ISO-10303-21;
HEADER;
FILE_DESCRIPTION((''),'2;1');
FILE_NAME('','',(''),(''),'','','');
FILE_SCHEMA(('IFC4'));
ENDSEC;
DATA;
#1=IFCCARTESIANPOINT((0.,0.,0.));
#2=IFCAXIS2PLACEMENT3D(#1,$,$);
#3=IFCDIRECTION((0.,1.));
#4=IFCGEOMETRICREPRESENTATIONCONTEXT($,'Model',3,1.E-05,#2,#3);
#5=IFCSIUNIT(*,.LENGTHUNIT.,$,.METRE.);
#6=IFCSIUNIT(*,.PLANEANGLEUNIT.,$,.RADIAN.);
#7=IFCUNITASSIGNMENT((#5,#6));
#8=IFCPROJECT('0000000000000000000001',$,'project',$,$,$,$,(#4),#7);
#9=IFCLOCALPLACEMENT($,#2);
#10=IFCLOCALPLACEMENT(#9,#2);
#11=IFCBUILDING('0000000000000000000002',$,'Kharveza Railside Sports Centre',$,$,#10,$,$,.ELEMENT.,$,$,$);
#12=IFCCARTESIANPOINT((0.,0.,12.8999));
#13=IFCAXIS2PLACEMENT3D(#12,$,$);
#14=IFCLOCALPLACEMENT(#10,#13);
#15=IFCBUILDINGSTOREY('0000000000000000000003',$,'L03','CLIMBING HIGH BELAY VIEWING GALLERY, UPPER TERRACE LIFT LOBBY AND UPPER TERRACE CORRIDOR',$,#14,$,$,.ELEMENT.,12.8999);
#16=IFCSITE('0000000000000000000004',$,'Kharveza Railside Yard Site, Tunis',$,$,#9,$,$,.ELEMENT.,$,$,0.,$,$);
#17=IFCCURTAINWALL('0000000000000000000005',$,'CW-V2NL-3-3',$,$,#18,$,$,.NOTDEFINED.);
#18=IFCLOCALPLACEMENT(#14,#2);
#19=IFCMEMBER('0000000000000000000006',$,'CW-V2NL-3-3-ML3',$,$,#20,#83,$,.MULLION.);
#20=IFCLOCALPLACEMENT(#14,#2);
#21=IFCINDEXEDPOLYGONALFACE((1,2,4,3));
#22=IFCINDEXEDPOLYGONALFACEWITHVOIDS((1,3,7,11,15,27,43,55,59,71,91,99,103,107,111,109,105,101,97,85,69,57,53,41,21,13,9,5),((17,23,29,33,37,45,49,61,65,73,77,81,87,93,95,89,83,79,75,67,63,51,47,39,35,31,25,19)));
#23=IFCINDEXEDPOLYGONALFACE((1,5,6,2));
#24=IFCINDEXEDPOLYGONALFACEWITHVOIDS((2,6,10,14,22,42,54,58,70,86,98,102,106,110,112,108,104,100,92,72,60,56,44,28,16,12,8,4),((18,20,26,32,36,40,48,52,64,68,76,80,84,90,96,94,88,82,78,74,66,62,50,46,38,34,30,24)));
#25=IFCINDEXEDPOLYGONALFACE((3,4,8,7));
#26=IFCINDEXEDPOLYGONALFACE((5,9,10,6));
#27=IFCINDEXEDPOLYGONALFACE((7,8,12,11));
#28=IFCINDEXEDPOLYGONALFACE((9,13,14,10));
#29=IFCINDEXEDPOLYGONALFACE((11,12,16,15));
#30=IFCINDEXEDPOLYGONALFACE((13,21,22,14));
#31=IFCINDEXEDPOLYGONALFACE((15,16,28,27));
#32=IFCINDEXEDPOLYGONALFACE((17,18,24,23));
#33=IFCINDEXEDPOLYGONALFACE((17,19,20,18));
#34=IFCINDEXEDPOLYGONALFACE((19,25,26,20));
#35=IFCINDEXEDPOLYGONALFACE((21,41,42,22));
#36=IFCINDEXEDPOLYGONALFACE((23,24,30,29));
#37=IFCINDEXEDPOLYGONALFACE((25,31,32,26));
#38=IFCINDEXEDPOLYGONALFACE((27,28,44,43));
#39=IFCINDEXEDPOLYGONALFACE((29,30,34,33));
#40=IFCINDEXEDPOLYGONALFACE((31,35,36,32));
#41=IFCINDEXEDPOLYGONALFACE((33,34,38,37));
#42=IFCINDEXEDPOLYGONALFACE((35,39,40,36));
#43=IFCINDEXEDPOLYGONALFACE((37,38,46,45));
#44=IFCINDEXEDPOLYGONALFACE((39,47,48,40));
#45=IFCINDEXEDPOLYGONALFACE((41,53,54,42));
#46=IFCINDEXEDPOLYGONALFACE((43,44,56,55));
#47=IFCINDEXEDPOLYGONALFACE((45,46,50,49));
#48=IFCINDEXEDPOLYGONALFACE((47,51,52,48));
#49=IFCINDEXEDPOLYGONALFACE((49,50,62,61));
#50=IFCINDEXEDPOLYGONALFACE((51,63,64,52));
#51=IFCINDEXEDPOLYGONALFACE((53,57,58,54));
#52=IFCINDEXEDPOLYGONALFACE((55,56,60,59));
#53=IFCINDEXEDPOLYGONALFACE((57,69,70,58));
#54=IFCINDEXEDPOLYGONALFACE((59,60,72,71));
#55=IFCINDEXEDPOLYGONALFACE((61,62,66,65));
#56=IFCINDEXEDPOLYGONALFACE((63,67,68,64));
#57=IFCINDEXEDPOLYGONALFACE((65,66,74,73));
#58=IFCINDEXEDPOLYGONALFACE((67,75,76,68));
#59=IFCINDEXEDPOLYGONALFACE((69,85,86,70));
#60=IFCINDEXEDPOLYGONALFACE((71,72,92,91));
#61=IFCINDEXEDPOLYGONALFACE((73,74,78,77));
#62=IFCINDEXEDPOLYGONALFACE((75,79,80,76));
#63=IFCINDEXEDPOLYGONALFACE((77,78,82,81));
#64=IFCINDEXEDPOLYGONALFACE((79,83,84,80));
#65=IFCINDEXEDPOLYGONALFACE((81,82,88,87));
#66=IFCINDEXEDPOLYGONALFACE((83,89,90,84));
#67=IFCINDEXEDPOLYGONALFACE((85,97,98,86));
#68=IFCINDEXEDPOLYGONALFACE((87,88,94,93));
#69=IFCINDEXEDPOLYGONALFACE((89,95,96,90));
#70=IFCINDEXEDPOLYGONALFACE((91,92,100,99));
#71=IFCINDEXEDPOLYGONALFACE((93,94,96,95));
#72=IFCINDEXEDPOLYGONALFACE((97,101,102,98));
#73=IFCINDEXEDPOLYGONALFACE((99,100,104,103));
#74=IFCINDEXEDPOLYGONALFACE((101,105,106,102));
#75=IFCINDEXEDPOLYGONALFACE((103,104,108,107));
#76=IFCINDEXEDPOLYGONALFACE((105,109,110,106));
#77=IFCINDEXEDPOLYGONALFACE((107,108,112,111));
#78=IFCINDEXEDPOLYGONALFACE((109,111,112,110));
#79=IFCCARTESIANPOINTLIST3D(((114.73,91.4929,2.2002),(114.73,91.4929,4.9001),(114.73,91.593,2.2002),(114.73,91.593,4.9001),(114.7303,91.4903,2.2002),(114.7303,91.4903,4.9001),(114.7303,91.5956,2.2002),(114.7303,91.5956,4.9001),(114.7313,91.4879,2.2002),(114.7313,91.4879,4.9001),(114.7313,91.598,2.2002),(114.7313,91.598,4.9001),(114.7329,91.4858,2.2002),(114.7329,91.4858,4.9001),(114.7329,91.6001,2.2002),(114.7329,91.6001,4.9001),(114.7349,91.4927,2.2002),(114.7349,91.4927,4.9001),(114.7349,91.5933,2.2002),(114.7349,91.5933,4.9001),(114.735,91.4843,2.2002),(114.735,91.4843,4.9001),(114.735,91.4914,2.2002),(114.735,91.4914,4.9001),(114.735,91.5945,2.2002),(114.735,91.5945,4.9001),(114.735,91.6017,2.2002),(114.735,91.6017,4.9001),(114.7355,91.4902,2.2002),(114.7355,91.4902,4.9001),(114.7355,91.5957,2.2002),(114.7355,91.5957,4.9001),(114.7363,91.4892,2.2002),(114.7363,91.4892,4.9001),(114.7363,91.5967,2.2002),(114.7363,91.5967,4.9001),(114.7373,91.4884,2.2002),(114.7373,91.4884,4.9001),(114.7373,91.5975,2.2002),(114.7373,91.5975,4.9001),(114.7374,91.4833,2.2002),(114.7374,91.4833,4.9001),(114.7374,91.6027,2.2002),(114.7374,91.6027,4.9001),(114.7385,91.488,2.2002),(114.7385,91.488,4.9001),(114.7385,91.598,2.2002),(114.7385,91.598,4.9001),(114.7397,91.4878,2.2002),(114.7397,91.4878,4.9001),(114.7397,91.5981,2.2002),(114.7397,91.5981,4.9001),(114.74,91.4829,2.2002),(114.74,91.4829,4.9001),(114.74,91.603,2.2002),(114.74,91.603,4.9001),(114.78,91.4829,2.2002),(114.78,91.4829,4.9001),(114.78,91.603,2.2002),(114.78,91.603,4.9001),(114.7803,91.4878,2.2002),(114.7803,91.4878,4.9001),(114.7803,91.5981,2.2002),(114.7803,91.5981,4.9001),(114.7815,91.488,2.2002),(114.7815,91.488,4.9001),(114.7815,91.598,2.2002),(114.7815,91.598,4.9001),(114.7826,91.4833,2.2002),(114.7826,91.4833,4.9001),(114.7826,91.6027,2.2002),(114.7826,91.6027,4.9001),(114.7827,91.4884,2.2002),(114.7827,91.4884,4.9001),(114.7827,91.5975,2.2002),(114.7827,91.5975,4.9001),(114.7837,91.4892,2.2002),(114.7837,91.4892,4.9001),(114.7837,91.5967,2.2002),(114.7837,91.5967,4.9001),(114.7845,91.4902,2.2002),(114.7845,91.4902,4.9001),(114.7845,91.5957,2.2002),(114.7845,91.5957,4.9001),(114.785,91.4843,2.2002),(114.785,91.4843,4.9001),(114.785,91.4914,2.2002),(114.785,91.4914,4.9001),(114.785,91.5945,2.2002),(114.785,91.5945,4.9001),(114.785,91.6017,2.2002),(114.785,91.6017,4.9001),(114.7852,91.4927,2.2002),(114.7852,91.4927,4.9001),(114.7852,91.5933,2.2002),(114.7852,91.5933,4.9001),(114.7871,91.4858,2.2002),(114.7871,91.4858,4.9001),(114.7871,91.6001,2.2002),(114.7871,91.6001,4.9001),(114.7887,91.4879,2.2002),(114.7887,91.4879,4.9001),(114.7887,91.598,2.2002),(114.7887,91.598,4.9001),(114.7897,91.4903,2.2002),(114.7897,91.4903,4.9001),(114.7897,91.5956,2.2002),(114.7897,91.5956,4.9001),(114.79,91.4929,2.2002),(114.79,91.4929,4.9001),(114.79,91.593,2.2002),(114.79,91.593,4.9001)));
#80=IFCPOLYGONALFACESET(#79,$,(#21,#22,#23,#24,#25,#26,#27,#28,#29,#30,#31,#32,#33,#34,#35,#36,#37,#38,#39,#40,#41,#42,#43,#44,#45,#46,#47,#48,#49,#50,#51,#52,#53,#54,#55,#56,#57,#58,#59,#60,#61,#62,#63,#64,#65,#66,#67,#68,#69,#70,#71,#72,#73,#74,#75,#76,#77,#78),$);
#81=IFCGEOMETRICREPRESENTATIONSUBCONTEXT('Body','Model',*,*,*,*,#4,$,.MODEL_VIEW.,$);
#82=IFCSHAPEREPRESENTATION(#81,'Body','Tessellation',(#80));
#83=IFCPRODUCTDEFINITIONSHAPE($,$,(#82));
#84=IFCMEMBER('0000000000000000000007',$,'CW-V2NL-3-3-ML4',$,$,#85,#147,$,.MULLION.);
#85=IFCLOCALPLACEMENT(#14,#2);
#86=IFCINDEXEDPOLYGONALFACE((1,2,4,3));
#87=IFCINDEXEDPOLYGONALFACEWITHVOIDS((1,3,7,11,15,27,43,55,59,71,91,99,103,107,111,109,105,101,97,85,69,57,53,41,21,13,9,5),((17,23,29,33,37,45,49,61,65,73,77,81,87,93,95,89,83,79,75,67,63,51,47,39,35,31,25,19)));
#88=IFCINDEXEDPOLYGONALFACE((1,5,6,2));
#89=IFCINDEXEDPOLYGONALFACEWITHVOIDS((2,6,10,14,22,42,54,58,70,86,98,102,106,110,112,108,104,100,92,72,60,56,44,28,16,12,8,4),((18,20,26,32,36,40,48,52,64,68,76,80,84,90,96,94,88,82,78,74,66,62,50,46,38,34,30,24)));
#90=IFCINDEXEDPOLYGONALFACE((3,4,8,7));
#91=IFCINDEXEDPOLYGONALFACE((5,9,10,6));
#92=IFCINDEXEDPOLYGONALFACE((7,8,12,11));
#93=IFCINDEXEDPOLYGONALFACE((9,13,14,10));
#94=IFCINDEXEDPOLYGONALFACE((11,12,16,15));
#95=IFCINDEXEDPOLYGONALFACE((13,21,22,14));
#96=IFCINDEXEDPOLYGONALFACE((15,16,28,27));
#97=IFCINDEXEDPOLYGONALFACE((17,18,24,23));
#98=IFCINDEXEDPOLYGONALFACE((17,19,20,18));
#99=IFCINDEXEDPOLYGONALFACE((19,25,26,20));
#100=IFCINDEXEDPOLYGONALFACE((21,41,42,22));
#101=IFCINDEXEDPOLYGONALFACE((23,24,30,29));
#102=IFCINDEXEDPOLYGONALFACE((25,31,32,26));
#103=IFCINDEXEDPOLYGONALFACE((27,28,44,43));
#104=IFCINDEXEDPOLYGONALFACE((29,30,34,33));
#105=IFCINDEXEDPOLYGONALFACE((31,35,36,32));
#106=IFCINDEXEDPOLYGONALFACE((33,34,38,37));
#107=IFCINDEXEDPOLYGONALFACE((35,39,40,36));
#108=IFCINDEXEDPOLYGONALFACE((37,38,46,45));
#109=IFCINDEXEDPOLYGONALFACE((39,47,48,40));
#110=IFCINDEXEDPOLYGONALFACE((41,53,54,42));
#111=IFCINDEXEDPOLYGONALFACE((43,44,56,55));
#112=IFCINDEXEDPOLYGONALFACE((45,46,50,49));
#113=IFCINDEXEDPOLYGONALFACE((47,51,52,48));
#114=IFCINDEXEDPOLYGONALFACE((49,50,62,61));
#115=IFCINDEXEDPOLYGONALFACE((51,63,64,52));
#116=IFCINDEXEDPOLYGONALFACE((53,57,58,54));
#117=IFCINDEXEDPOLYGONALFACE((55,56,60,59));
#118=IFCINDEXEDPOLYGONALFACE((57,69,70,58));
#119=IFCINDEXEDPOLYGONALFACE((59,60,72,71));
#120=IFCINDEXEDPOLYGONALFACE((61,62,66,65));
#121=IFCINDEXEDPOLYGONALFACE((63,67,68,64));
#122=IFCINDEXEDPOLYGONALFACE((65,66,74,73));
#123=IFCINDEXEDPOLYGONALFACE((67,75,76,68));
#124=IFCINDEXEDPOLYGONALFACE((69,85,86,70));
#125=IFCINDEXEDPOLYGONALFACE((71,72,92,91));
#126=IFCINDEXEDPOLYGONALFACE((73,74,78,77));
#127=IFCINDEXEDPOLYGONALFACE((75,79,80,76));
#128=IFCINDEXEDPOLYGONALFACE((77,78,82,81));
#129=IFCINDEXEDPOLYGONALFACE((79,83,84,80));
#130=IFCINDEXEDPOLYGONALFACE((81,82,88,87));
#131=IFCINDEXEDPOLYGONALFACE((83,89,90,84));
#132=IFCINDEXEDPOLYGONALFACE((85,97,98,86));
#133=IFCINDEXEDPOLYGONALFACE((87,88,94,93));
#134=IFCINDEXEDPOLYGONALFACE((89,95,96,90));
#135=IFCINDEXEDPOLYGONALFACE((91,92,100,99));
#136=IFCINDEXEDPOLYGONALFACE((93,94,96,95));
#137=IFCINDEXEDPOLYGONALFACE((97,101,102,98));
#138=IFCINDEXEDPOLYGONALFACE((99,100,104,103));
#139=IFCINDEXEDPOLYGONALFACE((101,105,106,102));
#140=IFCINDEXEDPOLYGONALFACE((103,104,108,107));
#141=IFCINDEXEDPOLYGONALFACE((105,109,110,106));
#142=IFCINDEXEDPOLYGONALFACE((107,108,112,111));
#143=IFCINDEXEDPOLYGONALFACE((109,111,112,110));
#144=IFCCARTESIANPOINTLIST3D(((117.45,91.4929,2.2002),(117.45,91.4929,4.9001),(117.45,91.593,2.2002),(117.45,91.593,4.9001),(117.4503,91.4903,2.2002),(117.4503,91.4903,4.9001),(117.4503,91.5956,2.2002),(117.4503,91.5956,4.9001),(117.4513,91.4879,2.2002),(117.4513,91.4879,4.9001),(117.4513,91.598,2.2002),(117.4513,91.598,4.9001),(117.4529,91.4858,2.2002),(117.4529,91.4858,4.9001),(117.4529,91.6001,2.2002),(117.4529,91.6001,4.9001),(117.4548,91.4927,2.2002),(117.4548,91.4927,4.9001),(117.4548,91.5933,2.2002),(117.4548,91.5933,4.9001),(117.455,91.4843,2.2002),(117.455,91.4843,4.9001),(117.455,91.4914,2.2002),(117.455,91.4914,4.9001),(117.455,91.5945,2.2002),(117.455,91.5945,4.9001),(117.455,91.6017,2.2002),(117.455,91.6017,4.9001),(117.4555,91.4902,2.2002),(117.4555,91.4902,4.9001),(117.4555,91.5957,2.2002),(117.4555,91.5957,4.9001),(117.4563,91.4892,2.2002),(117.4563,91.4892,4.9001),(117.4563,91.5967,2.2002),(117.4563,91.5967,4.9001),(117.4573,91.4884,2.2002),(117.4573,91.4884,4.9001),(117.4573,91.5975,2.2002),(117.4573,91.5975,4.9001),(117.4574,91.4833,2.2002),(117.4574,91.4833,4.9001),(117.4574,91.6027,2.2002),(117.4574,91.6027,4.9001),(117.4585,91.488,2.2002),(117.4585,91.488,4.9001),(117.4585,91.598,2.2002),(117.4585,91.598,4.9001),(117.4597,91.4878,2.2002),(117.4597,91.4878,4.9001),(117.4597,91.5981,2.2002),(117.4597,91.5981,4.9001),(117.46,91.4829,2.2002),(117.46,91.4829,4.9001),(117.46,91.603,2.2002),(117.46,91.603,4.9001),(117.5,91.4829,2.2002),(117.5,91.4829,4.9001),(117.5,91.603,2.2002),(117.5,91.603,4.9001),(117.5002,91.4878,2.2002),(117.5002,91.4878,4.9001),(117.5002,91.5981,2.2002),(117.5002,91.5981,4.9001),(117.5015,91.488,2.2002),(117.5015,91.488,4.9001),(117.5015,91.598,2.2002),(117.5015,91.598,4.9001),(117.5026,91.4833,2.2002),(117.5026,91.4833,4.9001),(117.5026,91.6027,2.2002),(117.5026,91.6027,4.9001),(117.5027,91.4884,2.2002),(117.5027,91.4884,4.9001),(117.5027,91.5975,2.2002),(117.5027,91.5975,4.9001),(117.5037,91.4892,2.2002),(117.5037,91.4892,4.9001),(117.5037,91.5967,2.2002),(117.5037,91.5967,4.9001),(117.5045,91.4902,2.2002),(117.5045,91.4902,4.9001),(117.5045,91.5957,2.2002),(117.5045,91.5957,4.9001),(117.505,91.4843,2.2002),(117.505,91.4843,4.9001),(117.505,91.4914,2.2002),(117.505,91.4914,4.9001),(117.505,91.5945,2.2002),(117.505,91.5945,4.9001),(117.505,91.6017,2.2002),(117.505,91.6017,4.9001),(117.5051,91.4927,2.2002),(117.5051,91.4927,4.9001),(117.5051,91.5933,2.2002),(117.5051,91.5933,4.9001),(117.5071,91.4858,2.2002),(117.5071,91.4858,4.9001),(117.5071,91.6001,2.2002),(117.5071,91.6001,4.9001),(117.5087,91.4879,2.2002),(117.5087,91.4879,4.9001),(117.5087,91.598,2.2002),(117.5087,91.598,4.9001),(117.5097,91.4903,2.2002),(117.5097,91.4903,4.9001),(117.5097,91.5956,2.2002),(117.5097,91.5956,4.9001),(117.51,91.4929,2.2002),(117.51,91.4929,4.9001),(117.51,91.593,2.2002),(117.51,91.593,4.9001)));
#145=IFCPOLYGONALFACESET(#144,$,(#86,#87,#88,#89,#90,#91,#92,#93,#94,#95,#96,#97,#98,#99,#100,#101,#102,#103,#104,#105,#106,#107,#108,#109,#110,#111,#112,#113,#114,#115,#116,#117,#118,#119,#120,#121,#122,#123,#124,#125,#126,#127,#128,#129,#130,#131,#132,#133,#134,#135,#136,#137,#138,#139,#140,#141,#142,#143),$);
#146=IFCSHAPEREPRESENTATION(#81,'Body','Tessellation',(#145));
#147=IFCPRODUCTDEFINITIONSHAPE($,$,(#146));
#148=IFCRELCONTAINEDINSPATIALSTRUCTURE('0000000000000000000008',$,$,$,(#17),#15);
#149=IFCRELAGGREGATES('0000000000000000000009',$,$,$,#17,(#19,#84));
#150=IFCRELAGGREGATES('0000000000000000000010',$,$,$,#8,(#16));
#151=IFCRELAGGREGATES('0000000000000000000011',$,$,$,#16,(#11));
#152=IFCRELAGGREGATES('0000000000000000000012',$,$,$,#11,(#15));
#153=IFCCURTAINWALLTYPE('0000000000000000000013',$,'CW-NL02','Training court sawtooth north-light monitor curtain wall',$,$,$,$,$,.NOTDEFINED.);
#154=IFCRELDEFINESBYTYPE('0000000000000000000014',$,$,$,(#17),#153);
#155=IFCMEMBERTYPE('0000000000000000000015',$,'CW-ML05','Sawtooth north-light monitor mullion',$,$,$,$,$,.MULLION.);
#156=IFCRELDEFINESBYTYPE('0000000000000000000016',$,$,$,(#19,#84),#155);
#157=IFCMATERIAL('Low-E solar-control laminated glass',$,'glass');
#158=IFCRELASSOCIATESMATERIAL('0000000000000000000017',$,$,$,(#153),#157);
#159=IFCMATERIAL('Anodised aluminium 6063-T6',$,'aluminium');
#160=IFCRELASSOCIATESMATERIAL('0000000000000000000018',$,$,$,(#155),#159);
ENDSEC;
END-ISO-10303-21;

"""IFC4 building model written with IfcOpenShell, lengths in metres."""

from ifc_helpers import new_model, si_unit, direction, frame, origin, origin_2d, place, context, subcontext, project, spatial, hollow_rectangle, extrude, material, material_profile, profile_set, type_object, element, aggregate, save


model = new_model("IFC4")

# Units and contexts
model_context = context("Model", 3, precision=1e-05, world=origin(), true_north=direction((0.0, 1.0)))
body_context = subcontext(model_context, "Body", "Model", "MODEL_VIEW")
ifc_project = project(units=[si_unit("LENGTHUNIT", "METRE"), si_unit("PLANEANGLEUNIT", "RADIAN")], contexts=[model_context])

# Site, building, storey
site_placement = place(None, origin())
site = spatial("IfcSite", under=ifc_project, at=site_placement, Name="Kharveza Railside Yard Site, Tunis", CompositionType="ELEMENT", RefElevation=0.0)
building_placement = place(site_placement, origin())
building = spatial("IfcBuilding", under=site, at=building_placement, Name="Kharveza Railside Sports Centre", CompositionType="ELEMENT")
storey_placement = place(building_placement, frame((0.0, 0.0, 12.8999)))
storey = spatial("IfcBuildingStorey", under=building, at=storey_placement, Name="L03", Description="CLIMBING HIGH BELAY VIEWING GALLERY, UPPER TERRACE LIFT LOBBY AND UPPER TERRACE CORRIDOR", CompositionType="ELEMENT", Elevation=12.8999)

# Curtain wall, members
ifc_material_1 = material(Name="Low-E solar-control laminated glass", Category="glass")
curtain_wall_type = type_object("IfcCurtainWallType", Name="CW-NL02", Description="Training court sawtooth north-light monitor curtain wall", PredefinedType="NOTDEFINED", material=ifc_material_1)
curtain_wall_1_placement = place(storey_placement, origin())
curtain_wall_1 = element("IfcCurtainWall", 1, at=curtain_wall_1_placement, inside=storey, type_object=curtain_wall_type, Name="CW-V2NL-3-3", PredefinedType="NOTDEFINED")
ifc_material_2 = material(Name="Anodised aluminium 6063-T6", Category="aluminium")
ifc_material_profile_1 = material_profile(ifc_material_2, hollow_rectangle(XDim=0.0601, YDim=0.1201, WallThickness=0.0049, InnerFilletRadius=0.0049, OuterFilletRadius=0.01, at=origin_2d()), Name="RHS 60x120x5.0")
ifc_profile_set_1 = profile_set([ifc_material_profile_1], Name="Anodised aluminium 6063-T6")
member_type_1 = type_object("IfcMemberType", Name="CW-ML05", Description="Sawtooth north-light monitor mullion", PredefinedType="MULLION", material=ifc_profile_set_1)
member_1_placement = place(storey_placement, frame((114.76, 91.543, 2.2002), z_axis=(0.0, 0.0, 1.0), x_axis=(1.0, 0.0, 0.0)))
member_1 = element("IfcMember", 2, at=member_1_placement, type_object=member_type_1, Name="CW-V2NL-3-3-ML3", PredefinedType="MULLION", context=body_context, shape_type="SweptSolid", body=[
    extrude(hollow_rectangle(XDim=0.0601, YDim=0.1201, WallThickness=0.0049, InnerFilletRadius=0.0049, OuterFilletRadius=0.01, at=origin_2d()), origin(), (0.0, 0.0, 1.0), 2.7),
])
member_2_placement = place(storey_placement, frame((117.48, 91.543, 2.2002), z_axis=(0.0, 0.0, 1.0), x_axis=(1.0, 0.0, 0.0)))
member_2 = element("IfcMember", 3, at=member_2_placement, type_object=member_type_1, Name="CW-V2NL-3-3-ML4", PredefinedType="MULLION", context=body_context, shape_type="SweptSolid", body=[
    extrude(hollow_rectangle(XDim=0.0601, YDim=0.1201, WallThickness=0.0049, InnerFilletRadius=0.0049, OuterFilletRadius=0.01, at=origin_2d()), origin(), (0.0, 0.0, 1.0), 2.7),
])

aggregate(curtain_wall_1, [member_1, member_2])

save(model, "model.ifc")
